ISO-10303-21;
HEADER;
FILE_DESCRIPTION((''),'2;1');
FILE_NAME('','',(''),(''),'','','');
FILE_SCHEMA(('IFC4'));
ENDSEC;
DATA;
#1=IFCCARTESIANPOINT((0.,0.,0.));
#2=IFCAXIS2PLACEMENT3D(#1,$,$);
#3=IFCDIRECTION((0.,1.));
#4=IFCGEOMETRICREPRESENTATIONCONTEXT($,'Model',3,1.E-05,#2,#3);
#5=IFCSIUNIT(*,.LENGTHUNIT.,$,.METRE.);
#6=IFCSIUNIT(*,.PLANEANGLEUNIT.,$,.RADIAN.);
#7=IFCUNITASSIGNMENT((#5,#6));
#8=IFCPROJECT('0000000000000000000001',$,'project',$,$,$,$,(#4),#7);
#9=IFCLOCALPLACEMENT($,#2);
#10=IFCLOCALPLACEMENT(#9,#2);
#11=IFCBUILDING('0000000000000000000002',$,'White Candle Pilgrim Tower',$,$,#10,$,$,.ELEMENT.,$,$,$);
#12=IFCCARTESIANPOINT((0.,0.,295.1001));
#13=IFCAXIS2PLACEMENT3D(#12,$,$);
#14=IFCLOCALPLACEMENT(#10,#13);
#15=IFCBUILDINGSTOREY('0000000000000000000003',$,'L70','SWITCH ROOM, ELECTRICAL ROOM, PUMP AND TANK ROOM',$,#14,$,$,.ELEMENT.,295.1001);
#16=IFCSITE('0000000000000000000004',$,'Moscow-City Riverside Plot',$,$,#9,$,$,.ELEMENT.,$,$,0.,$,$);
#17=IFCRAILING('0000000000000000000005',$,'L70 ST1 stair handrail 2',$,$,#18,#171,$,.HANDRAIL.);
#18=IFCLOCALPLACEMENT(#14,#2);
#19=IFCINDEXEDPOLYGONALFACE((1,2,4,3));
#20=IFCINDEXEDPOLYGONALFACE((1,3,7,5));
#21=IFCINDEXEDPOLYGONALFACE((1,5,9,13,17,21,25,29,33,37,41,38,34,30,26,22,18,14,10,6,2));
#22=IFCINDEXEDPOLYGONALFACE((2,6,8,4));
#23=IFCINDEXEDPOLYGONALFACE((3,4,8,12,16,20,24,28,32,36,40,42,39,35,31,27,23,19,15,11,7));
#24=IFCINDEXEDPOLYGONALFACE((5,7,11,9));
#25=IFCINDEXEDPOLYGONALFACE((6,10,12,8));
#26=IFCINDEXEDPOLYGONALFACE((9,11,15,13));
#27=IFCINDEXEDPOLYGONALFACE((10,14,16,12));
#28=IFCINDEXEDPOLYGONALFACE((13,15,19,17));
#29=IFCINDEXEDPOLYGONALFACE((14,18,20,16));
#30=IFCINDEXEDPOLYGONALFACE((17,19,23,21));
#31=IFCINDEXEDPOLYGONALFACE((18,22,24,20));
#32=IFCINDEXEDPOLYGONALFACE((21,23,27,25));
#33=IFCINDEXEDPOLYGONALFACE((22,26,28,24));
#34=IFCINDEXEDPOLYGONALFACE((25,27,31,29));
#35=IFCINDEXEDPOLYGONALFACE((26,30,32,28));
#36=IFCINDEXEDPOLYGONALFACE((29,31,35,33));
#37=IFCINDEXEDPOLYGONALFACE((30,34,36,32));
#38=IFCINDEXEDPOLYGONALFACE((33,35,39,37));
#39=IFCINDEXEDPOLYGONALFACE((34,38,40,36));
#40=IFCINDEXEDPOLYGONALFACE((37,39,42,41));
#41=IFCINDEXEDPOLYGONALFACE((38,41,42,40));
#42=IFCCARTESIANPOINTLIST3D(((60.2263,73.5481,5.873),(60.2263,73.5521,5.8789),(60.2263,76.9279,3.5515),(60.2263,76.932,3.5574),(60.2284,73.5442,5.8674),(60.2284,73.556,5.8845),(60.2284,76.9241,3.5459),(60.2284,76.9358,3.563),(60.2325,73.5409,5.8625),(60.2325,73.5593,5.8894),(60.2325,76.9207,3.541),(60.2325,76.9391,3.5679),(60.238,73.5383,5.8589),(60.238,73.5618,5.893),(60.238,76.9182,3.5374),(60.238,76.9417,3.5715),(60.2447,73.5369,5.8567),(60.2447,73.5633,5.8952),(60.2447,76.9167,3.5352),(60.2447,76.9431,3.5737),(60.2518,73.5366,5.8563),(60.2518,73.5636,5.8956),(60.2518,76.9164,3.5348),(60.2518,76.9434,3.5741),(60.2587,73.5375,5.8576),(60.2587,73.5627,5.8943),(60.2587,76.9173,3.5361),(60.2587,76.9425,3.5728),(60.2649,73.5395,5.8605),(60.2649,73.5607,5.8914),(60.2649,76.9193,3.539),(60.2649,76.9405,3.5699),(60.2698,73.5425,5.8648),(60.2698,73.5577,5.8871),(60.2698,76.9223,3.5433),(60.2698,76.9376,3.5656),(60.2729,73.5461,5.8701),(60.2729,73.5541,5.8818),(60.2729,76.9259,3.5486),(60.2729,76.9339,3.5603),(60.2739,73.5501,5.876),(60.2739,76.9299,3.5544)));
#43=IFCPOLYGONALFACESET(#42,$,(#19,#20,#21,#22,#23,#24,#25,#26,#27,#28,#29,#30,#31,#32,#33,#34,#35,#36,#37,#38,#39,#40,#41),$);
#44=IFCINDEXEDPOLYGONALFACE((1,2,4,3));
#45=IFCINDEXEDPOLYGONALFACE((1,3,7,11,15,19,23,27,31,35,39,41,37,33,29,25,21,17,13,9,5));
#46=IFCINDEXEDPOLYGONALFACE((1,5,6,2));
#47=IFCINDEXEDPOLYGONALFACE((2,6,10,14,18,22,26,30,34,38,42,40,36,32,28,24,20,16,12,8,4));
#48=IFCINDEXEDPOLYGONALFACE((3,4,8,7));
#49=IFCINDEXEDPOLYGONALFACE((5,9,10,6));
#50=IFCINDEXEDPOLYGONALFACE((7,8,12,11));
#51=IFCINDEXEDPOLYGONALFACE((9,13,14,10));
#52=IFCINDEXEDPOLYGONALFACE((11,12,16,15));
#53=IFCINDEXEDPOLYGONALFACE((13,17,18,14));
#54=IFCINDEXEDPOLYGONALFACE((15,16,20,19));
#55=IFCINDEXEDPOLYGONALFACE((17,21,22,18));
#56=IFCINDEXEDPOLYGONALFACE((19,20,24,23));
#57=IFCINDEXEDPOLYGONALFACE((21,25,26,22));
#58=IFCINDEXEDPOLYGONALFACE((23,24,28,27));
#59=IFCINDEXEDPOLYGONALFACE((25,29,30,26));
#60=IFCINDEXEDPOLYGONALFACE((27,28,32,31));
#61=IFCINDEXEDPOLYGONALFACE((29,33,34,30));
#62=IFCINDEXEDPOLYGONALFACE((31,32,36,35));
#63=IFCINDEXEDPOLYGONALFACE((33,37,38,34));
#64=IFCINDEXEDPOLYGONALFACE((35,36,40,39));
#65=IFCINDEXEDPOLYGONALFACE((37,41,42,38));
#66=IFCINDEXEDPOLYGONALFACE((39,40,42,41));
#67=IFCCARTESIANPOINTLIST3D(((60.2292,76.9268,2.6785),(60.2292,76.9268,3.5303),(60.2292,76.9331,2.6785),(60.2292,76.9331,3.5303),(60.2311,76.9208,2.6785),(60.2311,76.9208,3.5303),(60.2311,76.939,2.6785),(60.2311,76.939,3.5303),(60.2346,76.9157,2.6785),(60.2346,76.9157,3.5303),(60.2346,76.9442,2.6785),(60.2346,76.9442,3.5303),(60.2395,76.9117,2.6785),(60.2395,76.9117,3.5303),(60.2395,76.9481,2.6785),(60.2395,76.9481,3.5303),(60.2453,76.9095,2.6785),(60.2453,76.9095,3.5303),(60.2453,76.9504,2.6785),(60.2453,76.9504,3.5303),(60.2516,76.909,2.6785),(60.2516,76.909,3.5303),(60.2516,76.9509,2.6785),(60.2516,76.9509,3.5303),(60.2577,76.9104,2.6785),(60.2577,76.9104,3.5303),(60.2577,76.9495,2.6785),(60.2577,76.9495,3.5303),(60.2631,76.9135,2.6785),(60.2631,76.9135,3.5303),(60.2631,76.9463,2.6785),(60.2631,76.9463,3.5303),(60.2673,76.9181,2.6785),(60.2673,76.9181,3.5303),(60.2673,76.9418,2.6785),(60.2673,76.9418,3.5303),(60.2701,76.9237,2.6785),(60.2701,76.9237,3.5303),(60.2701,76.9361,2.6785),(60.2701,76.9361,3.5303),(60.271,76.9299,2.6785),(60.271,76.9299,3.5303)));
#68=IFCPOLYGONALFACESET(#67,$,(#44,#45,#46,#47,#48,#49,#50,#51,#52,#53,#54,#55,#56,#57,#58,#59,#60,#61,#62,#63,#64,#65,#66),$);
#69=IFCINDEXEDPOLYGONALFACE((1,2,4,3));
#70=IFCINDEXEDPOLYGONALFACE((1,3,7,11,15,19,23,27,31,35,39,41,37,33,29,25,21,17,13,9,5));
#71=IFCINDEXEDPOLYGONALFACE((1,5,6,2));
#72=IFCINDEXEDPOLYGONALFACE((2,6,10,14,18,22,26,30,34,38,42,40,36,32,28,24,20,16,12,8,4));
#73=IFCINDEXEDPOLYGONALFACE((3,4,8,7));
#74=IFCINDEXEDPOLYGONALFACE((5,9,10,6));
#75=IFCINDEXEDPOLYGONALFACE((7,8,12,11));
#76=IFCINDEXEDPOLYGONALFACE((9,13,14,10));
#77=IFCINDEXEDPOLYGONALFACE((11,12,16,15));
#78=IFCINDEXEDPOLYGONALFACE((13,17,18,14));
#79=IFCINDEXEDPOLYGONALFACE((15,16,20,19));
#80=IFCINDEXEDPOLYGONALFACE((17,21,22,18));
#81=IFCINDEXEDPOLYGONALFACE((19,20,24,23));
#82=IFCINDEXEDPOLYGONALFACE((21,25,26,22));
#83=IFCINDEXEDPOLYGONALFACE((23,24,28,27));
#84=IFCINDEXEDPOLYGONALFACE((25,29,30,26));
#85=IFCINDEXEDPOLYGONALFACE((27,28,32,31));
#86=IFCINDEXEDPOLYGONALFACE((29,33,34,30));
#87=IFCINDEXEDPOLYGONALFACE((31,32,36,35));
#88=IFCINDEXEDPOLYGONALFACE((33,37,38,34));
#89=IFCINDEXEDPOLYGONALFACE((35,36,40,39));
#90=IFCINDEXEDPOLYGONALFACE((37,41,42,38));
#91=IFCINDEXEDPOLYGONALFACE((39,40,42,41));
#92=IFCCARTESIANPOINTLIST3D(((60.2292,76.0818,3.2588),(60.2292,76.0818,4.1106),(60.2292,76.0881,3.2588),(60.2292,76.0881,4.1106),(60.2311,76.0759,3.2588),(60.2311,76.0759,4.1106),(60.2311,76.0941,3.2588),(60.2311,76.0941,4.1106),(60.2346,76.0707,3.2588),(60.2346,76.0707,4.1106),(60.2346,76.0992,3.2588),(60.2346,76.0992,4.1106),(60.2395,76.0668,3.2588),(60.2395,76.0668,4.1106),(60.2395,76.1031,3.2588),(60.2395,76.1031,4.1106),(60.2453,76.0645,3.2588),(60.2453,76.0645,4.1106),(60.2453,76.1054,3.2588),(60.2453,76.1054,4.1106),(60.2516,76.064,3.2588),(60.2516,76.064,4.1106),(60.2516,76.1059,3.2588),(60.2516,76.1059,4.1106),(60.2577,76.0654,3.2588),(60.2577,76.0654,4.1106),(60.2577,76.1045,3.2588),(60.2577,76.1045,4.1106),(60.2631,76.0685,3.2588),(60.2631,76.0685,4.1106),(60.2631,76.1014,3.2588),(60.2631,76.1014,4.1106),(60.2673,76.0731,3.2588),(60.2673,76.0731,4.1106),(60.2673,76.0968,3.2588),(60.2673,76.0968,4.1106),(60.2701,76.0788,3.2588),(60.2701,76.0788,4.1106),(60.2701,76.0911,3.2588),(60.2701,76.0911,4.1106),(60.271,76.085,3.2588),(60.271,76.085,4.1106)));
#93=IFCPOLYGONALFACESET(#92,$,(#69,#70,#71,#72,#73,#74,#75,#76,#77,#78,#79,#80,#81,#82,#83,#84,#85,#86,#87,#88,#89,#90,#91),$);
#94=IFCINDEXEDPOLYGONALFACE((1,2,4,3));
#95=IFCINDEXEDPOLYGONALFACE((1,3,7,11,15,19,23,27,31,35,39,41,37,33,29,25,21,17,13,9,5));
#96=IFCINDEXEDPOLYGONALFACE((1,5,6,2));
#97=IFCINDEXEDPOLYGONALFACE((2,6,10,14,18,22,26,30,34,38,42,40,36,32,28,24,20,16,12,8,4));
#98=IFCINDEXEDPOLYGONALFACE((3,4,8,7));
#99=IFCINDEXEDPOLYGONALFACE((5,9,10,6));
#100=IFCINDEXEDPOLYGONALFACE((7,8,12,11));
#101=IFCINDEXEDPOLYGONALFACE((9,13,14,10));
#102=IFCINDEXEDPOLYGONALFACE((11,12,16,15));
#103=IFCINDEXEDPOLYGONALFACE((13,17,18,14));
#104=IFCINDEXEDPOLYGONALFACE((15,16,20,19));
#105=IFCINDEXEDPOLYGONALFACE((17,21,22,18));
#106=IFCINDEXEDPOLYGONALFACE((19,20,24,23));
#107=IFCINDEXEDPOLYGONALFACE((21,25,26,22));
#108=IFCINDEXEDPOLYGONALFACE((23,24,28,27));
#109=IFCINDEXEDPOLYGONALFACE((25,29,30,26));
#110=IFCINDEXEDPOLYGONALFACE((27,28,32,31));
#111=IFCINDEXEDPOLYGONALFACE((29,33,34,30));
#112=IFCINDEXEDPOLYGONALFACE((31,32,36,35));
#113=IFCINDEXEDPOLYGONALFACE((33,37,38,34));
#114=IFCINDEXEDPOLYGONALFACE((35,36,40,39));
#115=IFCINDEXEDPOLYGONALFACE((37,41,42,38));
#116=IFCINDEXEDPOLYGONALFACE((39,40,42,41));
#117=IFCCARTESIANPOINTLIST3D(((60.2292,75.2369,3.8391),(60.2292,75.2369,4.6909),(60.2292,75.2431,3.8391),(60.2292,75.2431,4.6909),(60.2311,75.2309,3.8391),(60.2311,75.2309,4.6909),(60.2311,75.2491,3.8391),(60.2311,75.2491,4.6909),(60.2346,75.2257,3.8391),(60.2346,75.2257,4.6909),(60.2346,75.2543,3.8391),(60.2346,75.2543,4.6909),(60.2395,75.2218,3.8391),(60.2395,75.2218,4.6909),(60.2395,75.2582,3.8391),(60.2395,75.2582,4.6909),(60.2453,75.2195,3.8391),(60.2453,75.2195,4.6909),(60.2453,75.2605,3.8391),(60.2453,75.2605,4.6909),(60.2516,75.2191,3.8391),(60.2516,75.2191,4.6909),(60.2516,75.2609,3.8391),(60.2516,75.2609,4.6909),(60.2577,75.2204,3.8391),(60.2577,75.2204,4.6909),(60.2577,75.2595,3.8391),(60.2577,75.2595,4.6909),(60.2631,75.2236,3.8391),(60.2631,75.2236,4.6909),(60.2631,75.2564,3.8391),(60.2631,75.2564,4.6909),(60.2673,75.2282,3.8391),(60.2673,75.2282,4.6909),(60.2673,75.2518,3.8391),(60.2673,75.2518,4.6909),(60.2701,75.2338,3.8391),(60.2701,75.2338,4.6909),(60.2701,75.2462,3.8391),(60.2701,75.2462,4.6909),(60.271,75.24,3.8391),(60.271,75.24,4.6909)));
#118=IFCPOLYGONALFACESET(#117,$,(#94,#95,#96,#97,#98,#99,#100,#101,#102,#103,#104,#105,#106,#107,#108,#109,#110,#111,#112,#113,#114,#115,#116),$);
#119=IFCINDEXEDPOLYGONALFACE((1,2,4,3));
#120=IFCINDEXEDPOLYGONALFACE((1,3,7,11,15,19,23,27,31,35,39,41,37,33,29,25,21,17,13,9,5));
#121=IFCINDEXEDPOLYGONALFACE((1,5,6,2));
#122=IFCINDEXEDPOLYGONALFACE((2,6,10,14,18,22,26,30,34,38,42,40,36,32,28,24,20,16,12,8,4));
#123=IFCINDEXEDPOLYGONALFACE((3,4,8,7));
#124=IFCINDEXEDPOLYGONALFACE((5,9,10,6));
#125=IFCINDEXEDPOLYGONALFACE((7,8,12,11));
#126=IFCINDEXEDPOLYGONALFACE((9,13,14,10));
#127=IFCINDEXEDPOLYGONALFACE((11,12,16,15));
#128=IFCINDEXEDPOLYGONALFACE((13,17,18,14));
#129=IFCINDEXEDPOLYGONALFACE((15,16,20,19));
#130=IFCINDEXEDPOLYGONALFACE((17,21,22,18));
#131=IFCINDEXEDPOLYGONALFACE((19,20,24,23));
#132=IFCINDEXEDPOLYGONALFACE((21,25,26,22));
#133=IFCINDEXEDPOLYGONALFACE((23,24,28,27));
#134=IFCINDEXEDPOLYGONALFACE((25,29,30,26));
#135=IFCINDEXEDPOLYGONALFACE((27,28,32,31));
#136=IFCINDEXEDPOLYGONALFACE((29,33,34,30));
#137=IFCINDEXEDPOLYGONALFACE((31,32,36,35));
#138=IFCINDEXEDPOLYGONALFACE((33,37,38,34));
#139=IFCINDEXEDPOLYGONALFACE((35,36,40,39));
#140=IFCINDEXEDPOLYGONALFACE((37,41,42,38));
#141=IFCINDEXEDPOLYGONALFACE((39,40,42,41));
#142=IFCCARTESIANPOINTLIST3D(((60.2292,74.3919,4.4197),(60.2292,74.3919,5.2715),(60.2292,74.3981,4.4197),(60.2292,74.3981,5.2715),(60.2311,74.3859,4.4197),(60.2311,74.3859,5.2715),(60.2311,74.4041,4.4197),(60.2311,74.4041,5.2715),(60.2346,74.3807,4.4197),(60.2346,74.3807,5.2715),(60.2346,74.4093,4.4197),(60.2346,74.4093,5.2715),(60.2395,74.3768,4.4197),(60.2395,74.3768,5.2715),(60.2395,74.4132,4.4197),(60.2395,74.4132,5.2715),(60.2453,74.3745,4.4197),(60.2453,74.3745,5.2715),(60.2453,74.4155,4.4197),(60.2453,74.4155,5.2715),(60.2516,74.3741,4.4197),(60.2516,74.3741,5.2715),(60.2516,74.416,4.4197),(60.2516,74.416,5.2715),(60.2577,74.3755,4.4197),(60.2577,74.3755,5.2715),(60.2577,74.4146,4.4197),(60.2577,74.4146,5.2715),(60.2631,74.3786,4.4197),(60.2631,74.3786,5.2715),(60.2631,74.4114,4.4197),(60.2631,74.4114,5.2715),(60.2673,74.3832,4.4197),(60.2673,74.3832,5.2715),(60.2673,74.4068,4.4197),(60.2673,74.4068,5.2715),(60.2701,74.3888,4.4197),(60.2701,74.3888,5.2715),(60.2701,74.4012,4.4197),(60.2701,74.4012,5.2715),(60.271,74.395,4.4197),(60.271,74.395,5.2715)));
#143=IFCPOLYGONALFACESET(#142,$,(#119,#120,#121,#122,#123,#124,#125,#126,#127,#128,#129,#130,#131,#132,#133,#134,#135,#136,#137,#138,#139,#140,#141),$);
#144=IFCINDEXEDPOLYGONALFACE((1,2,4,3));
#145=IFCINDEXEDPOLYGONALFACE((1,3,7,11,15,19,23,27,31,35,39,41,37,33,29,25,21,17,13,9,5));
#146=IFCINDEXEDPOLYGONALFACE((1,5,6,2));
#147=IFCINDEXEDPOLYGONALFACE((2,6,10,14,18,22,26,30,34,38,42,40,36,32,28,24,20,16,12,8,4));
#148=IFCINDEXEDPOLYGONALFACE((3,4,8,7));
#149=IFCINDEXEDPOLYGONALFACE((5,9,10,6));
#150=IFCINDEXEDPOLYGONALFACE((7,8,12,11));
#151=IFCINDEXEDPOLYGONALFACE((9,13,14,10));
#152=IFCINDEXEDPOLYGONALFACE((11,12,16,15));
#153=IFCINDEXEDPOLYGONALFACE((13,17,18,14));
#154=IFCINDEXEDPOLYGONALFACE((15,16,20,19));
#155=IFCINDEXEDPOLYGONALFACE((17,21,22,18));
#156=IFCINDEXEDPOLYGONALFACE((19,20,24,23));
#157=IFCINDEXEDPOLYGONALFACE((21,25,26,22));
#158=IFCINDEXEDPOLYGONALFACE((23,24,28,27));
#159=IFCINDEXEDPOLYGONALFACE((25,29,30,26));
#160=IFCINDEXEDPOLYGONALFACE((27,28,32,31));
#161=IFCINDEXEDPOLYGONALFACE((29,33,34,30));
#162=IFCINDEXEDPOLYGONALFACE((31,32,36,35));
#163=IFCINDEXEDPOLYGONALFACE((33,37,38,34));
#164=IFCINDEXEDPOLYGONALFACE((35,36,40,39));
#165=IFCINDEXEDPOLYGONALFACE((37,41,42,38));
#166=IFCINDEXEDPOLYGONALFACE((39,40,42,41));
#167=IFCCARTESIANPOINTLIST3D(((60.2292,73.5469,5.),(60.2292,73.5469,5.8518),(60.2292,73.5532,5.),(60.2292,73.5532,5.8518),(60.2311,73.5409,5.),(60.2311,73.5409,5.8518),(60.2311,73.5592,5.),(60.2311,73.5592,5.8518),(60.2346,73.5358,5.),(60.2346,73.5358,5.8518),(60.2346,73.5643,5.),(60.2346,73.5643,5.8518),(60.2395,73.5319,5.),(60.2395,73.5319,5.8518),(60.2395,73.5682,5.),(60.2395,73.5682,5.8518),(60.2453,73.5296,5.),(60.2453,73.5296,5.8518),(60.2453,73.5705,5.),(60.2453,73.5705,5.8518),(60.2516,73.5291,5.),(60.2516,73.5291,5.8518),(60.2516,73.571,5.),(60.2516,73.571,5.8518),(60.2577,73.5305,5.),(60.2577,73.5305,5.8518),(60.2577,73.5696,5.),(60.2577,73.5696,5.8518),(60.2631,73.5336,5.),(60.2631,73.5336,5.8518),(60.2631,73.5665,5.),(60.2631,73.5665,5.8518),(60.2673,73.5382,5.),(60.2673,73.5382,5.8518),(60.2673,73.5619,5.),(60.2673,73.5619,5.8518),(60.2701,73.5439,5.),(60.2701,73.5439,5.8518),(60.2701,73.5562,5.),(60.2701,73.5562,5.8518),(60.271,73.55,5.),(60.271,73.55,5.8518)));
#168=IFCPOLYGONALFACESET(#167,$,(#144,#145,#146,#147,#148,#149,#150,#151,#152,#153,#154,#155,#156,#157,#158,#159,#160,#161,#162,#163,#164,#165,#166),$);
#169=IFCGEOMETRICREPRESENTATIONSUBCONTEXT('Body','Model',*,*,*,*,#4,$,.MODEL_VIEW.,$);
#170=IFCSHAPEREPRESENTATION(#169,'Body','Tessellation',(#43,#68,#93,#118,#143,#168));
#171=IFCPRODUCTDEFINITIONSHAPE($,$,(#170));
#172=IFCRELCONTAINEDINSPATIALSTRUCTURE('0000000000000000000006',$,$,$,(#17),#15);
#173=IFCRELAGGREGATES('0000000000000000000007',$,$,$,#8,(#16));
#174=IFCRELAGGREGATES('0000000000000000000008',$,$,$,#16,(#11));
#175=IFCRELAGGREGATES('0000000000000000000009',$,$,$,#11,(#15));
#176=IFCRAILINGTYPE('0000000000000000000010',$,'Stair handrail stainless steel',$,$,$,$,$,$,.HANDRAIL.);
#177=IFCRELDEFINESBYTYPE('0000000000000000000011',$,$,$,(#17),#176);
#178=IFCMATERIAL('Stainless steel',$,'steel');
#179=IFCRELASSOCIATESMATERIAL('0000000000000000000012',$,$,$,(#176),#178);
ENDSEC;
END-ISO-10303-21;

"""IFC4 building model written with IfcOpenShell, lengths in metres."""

from ifc_helpers import new_model, si_unit, direction, frame, origin, origin_2d, place, context, subcontext, project, spatial, circle, extrude, material, type_object, element, save


model = new_model("IFC4")

# Units and contexts
model_context = context("Model", 3, precision=1e-05, world=origin(), true_north=direction((0.0, 1.0)))
body_context = subcontext(model_context, "Body", "Model", "MODEL_VIEW")
ifc_project = project(units=[si_unit("LENGTHUNIT", "METRE"), si_unit("PLANEANGLEUNIT", "RADIAN")], contexts=[model_context])

# Site, building, storey
site_placement = place(None, origin())
site = spatial("IfcSite", under=ifc_project, at=site_placement, Name="Moscow-City Riverside Plot", CompositionType="ELEMENT", RefElevation=0.0)
building_placement = place(site_placement, origin())
building = spatial("IfcBuilding", under=site, at=building_placement, Name="White Candle Pilgrim Tower", CompositionType="ELEMENT")
storey_placement = place(building_placement, frame((0.0, 0.0, 295.1001)))
storey = spatial("IfcBuildingStorey", under=building, at=storey_placement, Name="L70", Description="SWITCH ROOM, ELECTRICAL ROOM, PUMP AND TANK ROOM", CompositionType="ELEMENT", Elevation=295.1001)

# Shared definitions
ifc_material_1 = material(Name="Stainless steel", Category="steel")

# Railing
railing_type_1 = type_object("IfcRailingType", Name="Stair handrail stainless steel", PredefinedType="HANDRAIL", material=ifc_material_1)
railing_1_placement = place(storey_placement, frame((60.25, 76.9299, 2.6785)))
element("IfcRailing", 1, at=railing_1_placement, inside=storey, type_object=railing_type_1, Name="L70 ST1 stair handrail 2", PredefinedType="HANDRAIL", context=body_context, shape_type="SweptSolid", body=[
    extrude(circle(Radius=0.0239, at=origin_2d()), frame((0.0, 0.0, 0.876), z_axis=(0.0, -0.824285, 0.566175), x_axis=(1.0, 0.0, 0.0)), (0.0, 0.0, 1.0), 4.1003),
    extrude(circle(Radius=0.021, at=origin_2d()), origin(), (0.0, 0.0, 1.0), 0.8518),
    extrude(circle(Radius=0.021, at=origin_2d()), frame((0.0, -0.845, 0.5803)), (0.0, 0.0, 1.0), 0.8518),
    extrude(circle(Radius=0.021, at=origin_2d()), frame((0.0, -1.6899, 1.1606)), (0.0, 0.0, 1.0), 0.8518),
    extrude(circle(Radius=0.021, at=origin_2d()), frame((0.0, -2.5349, 1.7412)), (0.0, 0.0, 1.0), 0.8518),
    extrude(circle(Radius=0.021, at=origin_2d()), frame((0.0, -3.3799, 2.3215)), (0.0, 0.0, 1.0), 0.8518),
])

save(model, "model.ifc")
